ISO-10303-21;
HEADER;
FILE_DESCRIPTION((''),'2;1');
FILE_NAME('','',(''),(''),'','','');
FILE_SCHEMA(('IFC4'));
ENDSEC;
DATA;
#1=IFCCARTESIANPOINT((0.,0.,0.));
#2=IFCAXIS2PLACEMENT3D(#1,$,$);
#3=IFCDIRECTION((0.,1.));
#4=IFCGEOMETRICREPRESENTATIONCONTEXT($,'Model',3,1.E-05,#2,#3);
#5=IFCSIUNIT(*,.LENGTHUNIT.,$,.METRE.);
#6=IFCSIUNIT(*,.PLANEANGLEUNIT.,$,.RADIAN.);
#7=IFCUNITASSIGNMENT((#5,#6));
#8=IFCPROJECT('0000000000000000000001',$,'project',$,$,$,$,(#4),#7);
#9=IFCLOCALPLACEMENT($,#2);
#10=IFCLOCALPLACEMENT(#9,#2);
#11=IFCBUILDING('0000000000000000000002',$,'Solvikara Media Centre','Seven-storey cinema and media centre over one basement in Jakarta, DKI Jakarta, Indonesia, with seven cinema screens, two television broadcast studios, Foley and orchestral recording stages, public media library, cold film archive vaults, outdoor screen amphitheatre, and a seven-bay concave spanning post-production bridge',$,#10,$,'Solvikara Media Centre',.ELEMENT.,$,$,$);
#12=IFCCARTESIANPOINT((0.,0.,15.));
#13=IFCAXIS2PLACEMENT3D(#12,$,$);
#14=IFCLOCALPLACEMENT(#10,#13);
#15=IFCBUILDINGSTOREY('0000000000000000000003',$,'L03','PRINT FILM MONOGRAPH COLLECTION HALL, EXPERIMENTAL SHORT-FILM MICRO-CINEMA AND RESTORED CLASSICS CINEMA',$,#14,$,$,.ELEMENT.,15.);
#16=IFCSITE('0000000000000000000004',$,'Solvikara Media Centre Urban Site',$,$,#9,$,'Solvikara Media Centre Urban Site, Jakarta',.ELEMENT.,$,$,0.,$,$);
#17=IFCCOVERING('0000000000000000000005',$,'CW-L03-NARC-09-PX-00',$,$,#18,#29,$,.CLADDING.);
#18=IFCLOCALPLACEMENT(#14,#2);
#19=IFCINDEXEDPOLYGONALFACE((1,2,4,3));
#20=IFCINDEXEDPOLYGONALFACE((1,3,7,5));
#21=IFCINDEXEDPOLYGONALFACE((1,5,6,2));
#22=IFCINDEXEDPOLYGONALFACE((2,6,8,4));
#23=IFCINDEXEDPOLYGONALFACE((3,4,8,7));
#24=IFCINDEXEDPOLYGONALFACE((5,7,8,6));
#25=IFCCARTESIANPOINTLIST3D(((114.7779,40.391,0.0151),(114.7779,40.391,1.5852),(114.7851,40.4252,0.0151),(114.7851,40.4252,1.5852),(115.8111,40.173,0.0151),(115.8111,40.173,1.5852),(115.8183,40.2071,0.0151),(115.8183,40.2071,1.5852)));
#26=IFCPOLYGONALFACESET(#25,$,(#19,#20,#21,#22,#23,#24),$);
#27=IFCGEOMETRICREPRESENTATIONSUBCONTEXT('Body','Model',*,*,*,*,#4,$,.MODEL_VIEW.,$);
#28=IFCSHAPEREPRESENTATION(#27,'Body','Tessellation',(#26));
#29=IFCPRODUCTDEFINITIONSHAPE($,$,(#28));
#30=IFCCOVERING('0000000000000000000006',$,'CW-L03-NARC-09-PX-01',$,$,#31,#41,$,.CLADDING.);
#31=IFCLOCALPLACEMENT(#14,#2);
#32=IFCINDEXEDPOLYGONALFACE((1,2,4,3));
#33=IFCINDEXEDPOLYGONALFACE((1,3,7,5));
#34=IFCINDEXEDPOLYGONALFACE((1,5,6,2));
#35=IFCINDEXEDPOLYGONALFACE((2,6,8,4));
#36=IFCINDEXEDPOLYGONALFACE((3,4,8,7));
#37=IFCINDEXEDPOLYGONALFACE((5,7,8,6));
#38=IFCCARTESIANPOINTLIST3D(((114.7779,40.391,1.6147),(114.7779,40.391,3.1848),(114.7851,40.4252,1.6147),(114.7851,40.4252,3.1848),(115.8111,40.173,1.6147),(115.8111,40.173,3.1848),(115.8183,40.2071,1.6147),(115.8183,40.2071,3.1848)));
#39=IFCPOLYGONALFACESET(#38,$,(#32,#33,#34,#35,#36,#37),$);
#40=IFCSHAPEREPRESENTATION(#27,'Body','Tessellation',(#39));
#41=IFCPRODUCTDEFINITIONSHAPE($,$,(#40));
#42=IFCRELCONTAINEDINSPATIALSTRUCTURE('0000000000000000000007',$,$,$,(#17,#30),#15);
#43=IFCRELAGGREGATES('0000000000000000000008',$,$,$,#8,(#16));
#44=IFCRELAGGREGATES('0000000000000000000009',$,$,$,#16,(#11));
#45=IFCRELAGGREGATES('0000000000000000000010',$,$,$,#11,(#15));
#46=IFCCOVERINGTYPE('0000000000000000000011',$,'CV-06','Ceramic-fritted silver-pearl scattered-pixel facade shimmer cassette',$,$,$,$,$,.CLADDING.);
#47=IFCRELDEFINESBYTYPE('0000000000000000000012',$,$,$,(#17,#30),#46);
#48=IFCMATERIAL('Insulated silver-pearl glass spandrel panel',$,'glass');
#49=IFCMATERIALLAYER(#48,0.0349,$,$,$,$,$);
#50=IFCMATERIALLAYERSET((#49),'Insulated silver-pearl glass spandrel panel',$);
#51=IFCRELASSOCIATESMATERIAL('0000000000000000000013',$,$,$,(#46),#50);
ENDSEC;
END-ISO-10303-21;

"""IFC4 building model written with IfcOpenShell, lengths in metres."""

from ifc_helpers import new_model, si_unit, direction, frame, origin, origin_2d, place, context, subcontext, project, spatial, rectangle, extrude, material, layer, layer_set, type_object, element, save


model = new_model("IFC4")

# Units and contexts
model_context = context("Model", 3, precision=1e-05, world=origin(), true_north=direction((0.0, 1.0)))
body_context = subcontext(model_context, "Body", "Model", "MODEL_VIEW")
ifc_project = project(units=[si_unit("LENGTHUNIT", "METRE"), si_unit("PLANEANGLEUNIT", "RADIAN")], contexts=[model_context])

# Site, building, storey
site_placement = place(None, origin())
site = spatial("IfcSite", under=ifc_project, at=site_placement, Name="Solvikara Media Centre Urban Site", LongName="Solvikara Media Centre Urban Site, Jakarta", CompositionType="ELEMENT", RefElevation=0.0)
building_placement = place(site_placement, origin())
building = spatial("IfcBuilding", under=site, at=building_placement, Name="Solvikara Media Centre", Description="Seven-storey cinema and media centre over one basement in Jakarta, DKI Jakarta, Indonesia, with seven cinema screens, two television broadcast studios, Foley and orchestral recording stages, public media library, cold film archive vaults, outdoor screen amphitheatre, and a seven-bay concave spanning post-production bridge", LongName="Solvikara Media Centre", CompositionType="ELEMENT")
storey_placement = place(building_placement, frame((0.0, 0.0, 15.0)))
storey = spatial("IfcBuildingStorey", under=building, at=storey_placement, Name="L03", Description="PRINT FILM MONOGRAPH COLLECTION HALL, EXPERIMENTAL SHORT-FILM MICRO-CINEMA AND RESTORED CLASSICS CINEMA", CompositionType="ELEMENT", Elevation=15.0)

# Coverings
ifc_material_1 = material(Name="Insulated silver-pearl glass spandrel panel", Category="glass")
ifc_layer_1 = layer(ifc_material_1, 0.0349)
ifc_layer_set_1 = layer_set([ifc_layer_1], Name="Insulated silver-pearl glass spandrel panel")
covering_type_1 = type_object("IfcCoveringType", Name="CV-06", Description="Ceramic-fritted silver-pearl scattered-pixel facade shimmer cassette", PredefinedType="CLADDING", material=ifc_layer_set_1)
for number, where, z_axis, x_axis, name in (
    (1, (115.2981, 40.2991, 0.0151), (0.0, 0.0, 1.0), (0.978448, -0.206495, 0.0), "CW-L03-NARC-09-PX-00"),
    (2, (115.2981, 40.2991, 1.6147), (0.0, 0.0, 1.0), (0.978448, -0.206495, 0.0), "CW-L03-NARC-09-PX-01"),
):
    element("IfcCovering", number, at=place(storey_placement, frame(where, z_axis=z_axis, x_axis=x_axis)), inside=storey, type_object=covering_type_1, Name=name, PredefinedType="CLADDING", context=body_context, shape_type="SweptSolid", body=[
        extrude(rectangle(XDim=1.0559, YDim=0.0349, at=origin_2d()), origin(), (0.0, 0.0, 1.0), 1.5701),
    ])

save(model, "model.ifc")
